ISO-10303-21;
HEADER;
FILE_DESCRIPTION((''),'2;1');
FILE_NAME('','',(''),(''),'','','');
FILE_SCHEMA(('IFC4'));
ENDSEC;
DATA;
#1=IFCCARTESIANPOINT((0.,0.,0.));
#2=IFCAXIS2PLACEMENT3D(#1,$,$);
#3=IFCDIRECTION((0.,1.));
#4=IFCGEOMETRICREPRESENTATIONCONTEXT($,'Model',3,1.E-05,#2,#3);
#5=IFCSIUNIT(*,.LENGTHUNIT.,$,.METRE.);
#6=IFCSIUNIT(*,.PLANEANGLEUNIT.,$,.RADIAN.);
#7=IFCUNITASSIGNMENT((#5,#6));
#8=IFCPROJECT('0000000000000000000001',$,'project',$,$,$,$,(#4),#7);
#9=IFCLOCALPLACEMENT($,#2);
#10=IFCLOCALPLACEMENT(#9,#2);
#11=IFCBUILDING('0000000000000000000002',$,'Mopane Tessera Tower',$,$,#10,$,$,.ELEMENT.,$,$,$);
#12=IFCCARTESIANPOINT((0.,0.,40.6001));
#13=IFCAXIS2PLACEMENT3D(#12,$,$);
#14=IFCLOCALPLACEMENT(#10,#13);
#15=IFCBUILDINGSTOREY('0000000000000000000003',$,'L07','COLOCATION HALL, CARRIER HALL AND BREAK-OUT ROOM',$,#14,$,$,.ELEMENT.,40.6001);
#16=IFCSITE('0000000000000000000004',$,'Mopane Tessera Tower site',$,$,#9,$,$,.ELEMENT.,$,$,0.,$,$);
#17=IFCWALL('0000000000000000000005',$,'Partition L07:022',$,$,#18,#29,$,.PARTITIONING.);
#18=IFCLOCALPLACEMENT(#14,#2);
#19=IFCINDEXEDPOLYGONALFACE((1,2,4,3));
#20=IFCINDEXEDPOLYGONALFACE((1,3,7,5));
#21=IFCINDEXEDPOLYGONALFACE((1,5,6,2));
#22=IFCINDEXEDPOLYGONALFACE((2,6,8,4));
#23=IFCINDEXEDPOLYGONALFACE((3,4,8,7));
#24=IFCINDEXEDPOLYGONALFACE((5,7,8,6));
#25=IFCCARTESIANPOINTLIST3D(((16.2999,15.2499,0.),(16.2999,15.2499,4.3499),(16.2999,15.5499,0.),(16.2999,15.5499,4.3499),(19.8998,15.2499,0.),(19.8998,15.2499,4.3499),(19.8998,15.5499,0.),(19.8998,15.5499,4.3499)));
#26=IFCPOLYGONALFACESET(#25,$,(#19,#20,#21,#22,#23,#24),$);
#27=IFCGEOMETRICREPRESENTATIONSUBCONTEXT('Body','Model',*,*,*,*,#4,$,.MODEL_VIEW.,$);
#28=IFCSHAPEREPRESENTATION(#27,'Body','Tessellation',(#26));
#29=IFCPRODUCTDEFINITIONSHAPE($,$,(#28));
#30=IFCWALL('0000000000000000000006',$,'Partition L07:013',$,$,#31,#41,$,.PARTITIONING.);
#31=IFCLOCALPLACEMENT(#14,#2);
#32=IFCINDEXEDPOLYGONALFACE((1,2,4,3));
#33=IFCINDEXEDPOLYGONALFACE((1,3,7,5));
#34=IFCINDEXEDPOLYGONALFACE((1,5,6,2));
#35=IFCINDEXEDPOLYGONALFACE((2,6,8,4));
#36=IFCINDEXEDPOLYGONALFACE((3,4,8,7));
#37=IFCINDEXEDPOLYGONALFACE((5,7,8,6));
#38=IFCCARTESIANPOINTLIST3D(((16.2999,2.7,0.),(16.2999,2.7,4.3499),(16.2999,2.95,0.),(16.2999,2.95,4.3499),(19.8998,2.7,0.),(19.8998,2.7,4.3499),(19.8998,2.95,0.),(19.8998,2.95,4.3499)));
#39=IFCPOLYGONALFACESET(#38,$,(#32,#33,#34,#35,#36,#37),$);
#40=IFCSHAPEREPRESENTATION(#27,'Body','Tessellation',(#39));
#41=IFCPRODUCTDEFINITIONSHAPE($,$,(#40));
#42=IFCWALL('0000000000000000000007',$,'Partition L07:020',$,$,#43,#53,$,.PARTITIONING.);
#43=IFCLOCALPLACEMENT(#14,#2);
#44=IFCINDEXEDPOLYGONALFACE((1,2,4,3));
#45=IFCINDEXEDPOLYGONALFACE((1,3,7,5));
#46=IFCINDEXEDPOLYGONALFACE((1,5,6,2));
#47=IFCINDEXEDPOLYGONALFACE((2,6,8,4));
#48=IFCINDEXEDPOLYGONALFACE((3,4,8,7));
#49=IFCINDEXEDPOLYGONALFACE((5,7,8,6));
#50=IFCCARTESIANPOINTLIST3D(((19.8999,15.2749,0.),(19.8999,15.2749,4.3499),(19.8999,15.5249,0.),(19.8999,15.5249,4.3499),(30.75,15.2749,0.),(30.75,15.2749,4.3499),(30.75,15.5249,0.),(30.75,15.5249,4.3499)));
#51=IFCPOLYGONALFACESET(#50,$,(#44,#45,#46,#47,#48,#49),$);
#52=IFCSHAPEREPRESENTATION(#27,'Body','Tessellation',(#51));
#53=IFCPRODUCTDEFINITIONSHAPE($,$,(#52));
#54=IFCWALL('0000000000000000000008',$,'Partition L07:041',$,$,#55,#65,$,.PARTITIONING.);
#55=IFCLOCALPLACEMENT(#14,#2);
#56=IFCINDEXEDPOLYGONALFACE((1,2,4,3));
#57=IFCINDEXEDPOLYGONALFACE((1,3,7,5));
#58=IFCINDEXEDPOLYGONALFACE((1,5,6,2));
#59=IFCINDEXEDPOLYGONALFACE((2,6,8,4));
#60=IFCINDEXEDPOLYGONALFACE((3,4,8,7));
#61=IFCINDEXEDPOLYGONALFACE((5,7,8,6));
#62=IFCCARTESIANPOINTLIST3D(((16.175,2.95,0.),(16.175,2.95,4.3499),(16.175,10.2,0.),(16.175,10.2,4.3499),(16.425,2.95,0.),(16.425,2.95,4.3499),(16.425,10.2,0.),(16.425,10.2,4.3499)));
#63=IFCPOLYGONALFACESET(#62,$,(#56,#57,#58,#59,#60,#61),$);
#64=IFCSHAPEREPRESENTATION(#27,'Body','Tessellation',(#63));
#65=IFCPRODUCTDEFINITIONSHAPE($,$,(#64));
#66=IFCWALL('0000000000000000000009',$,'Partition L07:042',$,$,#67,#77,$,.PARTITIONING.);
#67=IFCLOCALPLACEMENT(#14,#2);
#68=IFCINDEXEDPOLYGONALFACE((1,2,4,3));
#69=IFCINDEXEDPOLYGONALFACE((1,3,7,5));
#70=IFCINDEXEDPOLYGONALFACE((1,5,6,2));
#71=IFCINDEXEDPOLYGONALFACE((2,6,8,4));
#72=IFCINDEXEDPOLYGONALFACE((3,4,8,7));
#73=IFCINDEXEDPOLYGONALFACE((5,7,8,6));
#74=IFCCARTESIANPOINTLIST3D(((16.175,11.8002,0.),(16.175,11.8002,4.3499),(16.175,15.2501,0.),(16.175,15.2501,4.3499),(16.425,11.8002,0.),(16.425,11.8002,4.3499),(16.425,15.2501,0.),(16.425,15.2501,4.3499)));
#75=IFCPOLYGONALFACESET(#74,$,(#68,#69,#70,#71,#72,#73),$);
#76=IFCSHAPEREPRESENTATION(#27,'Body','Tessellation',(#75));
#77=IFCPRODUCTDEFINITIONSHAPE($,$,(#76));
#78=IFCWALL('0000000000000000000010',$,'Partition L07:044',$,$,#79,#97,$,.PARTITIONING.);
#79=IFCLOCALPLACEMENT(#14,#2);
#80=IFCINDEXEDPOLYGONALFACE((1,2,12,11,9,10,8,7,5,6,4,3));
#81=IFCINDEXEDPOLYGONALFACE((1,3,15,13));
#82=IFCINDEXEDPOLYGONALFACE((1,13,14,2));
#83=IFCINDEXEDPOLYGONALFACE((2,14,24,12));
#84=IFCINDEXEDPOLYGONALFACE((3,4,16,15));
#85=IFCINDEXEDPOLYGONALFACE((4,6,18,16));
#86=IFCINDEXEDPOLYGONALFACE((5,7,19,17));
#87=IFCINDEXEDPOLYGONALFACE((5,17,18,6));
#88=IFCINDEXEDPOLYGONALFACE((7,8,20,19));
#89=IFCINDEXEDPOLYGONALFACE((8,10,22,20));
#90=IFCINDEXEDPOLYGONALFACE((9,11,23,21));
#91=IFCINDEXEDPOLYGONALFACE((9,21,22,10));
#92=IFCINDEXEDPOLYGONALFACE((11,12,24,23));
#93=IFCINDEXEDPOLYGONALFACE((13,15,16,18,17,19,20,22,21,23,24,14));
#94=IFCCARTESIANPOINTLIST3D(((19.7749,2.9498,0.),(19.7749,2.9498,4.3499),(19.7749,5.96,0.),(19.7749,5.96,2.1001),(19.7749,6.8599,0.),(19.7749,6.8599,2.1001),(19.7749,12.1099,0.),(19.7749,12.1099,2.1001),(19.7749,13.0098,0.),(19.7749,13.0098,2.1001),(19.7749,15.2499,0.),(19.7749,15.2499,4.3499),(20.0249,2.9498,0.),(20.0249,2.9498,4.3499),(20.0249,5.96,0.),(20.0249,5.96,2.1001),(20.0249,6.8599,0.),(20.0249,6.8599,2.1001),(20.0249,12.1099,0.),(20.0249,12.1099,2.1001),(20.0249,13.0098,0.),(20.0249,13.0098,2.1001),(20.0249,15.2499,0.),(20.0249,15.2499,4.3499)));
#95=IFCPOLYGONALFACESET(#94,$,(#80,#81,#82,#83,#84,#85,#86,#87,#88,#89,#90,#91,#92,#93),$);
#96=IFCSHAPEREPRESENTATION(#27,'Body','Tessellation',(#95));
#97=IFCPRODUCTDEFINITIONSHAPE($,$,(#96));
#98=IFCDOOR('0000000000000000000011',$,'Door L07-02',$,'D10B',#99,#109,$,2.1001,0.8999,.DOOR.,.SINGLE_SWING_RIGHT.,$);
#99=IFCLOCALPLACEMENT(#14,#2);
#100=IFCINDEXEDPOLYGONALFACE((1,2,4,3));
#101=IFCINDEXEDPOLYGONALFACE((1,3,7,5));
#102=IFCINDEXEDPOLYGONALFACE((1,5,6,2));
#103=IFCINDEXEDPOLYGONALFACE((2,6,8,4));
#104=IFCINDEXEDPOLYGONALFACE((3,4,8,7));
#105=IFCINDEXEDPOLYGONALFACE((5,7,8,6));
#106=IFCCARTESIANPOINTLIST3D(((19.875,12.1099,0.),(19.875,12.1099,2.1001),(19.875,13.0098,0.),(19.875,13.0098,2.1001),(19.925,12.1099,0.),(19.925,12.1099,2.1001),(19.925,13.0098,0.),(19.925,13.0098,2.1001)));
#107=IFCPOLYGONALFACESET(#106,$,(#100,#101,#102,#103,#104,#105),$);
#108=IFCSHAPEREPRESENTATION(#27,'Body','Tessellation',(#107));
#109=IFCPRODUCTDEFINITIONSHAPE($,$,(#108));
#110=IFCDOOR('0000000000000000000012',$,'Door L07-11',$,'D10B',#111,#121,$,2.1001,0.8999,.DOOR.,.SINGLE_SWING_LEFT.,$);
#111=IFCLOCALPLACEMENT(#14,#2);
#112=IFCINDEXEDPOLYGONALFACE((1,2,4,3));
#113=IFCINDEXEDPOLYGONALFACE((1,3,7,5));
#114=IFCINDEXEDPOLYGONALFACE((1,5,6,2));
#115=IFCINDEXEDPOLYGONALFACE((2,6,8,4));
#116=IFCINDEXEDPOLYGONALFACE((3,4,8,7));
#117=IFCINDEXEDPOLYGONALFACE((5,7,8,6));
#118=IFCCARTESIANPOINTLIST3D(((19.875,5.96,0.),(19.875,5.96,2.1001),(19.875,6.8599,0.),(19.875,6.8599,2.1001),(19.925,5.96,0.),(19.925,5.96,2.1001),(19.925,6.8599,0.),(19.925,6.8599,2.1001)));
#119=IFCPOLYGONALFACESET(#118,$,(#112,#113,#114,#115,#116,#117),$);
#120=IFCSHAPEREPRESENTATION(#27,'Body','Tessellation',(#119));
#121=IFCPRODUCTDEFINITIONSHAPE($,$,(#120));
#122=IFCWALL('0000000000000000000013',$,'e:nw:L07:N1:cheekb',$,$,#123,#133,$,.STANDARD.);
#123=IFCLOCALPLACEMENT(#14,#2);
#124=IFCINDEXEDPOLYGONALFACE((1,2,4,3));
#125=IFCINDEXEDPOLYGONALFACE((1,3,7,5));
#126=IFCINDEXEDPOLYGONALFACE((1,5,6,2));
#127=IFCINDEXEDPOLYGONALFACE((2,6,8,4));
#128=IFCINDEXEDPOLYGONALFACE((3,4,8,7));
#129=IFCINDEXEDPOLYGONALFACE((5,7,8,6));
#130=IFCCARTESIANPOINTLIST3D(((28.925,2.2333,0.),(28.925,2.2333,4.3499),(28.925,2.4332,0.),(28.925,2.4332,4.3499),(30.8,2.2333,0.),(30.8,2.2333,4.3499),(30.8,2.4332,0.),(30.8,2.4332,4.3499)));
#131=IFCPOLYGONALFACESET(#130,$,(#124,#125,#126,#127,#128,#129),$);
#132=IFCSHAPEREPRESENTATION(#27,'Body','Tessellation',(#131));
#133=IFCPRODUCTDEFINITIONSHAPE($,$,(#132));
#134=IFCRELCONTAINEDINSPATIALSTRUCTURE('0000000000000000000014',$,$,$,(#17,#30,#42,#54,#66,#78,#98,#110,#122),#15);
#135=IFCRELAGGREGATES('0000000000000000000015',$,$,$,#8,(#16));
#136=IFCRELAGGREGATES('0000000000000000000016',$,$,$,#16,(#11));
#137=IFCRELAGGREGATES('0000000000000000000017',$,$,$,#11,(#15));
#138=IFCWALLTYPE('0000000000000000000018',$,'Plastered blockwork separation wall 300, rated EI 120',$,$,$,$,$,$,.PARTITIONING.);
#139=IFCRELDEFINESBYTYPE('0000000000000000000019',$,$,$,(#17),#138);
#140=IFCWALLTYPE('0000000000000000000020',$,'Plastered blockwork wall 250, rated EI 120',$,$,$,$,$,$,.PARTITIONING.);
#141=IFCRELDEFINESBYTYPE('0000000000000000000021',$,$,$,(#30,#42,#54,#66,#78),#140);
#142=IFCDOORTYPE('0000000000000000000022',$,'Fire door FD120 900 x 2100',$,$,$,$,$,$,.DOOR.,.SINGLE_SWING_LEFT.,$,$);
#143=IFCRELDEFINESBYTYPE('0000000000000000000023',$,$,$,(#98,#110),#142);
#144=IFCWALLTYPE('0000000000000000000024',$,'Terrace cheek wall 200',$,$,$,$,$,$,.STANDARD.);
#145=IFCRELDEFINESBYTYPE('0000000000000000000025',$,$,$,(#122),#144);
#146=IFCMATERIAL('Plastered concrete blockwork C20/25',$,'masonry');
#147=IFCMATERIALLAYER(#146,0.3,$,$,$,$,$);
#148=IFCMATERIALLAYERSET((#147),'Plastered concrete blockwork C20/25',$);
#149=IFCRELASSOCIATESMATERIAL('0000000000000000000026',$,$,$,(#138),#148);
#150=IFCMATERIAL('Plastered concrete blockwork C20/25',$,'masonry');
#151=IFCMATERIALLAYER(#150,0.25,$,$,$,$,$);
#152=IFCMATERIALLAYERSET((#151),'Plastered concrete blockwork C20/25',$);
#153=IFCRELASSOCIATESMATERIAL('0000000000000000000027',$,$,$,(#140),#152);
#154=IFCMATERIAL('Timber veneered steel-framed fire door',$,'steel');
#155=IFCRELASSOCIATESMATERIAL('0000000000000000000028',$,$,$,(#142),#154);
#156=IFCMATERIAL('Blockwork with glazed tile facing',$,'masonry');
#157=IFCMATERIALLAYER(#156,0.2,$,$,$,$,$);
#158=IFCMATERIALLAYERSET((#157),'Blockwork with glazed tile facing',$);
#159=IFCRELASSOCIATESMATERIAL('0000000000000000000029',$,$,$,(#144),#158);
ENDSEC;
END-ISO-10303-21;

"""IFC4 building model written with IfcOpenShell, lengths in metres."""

from ifc_helpers import new_model, si_unit, direction, frame, frame_2d, origin, place, context, subcontext, project, spatial, rectangle, extrude, material, layer, layer_set, type_object, element, fill, save


model = new_model("IFC4")

# Units and contexts
model_context = context("Model", 3, precision=1e-05, world=origin(), true_north=direction((0.0, 1.0)))
body_context = subcontext(model_context, "Body", "Model", "MODEL_VIEW")
ifc_project = project(units=[si_unit("LENGTHUNIT", "METRE"), si_unit("PLANEANGLEUNIT", "RADIAN")], contexts=[model_context])

# Site, building, storey
site_placement = place(None, origin())
site = spatial("IfcSite", under=ifc_project, at=site_placement, Name="Mopane Tessera Tower site", CompositionType="ELEMENT", RefElevation=0.0)
building_placement = place(site_placement, origin())
building = spatial("IfcBuilding", under=site, at=building_placement, Name="Mopane Tessera Tower", CompositionType="ELEMENT")
storey_placement = place(building_placement, frame((0.0, 0.0, 40.6001)))
storey = spatial("IfcBuildingStorey", under=building, at=storey_placement, Name="L07", Description="COLOCATION HALL, CARRIER HALL AND BREAK-OUT ROOM", CompositionType="ELEMENT", Elevation=40.6001)

# Walls
ifc_material_1 = material(Name="Plastered concrete blockwork C20/25", Category="masonry")
ifc_layer_1 = layer(ifc_material_1, 0.3)
ifc_layer_set_1 = layer_set([ifc_layer_1], Name="Plastered concrete blockwork C20/25")
wall_type_1 = type_object("IfcWallType", Name="Plastered blockwork separation wall 300, rated EI 120", PredefinedType="PARTITIONING", material=ifc_layer_set_1)
wall_1_placement = place(storey_placement, frame((16.3, 15.3999, 0.0), z_axis=(0.0, 0.0, 1.0), x_axis=(1.0, 0.0, 0.0)))
element("IfcWall", 1, at=wall_1_placement, inside=storey, type_object=wall_type_1, Name="Partition L07:022", PredefinedType="PARTITIONING", context=body_context, shape_type="SweptSolid", body=[
    extrude(rectangle(XDim=3.5999, YDim=0.3, at=frame_2d((1.7998, 0.0))), origin(), (0.0, 0.0, 1.0), 4.3499),
])
ifc_material_2 = material(Name="Plastered concrete blockwork C20/25", Category="masonry")
ifc_layer_2 = layer(ifc_material_2, 0.25)
ifc_layer_set_2 = layer_set([ifc_layer_2], Name="Plastered concrete blockwork C20/25")
wall_type_2 = type_object("IfcWallType", Name="Plastered blockwork wall 250, rated EI 120", PredefinedType="PARTITIONING", material=ifc_layer_set_2)
wall_2_placement = place(storey_placement, frame((16.3, 2.825, 0.0), z_axis=(0.0, 0.0, 1.0), x_axis=(1.0, 0.0, 0.0)))
element("IfcWall", 2, at=wall_2_placement, inside=storey, type_object=wall_type_2, Name="Partition L07:013", PredefinedType="PARTITIONING", context=body_context, shape_type="SweptSolid", body=[
    extrude(rectangle(XDim=3.5999, YDim=0.25, at=frame_2d((1.7998, 0.0))), origin(), (0.0, 0.0, 1.0), 4.3499),
])
wall_3_placement = place(storey_placement, frame((19.8999, 15.3999, 0.0), z_axis=(0.0, 0.0, 1.0), x_axis=(1.0, 0.0, 0.0)))
element("IfcWall", 3, at=wall_3_placement, inside=storey, type_object=wall_type_2, Name="Partition L07:020", PredefinedType="PARTITIONING", context=body_context, shape_type="SweptSolid", body=[
    extrude(rectangle(XDim=10.8501, YDim=0.25, at=frame_2d((5.425, 0.0))), origin(), (0.0, 0.0, 1.0), 4.3499),
])
wall_4_placement = place(storey_placement, frame((16.3, 2.95, 0.0), z_axis=(0.0, 0.0, 1.0), x_axis=(0.0, 1.0, 0.0)))
element("IfcWall", 4, at=wall_4_placement, inside=storey, type_object=wall_type_2, Name="Partition L07:041", PredefinedType="PARTITIONING", context=body_context, shape_type="SweptSolid", body=[
    extrude(rectangle(XDim=7.25, YDim=0.25, at=frame_2d((3.625, 0.0))), origin(), (0.0, 0.0, 1.0), 4.3499),
])
wall_5_placement = place(storey_placement, frame((16.3, 11.8, 0.0), z_axis=(0.0, 0.0, 1.0), x_axis=(0.0, 1.0, 0.0)))
element("IfcWall", 5, at=wall_5_placement, inside=storey, type_object=wall_type_2, Name="Partition L07:042", PredefinedType="PARTITIONING", context=body_context, shape_type="SweptSolid", body=[
    extrude(rectangle(XDim=3.45, YDim=0.25, at=frame_2d((1.7251, 0.0))), origin(), (0.0, 0.0, 1.0), 4.3499),
])

# Wall, openings, doors
wall_6_placement = place(storey_placement, frame((19.8999, 2.95, 0.0), z_axis=(0.0, 0.0, 1.0), x_axis=(0.0, 1.0, 0.0)))
wall_6 = element("IfcWall", 6, at=wall_6_placement, inside=storey, type_object=wall_type_2, Name="Partition L07:044", PredefinedType="PARTITIONING", context=body_context, shape_type="SweptSolid", body=[
    extrude(rectangle(XDim=12.3, YDim=0.25, at=frame_2d((6.1499, 0.0))), origin(), (0.0, 0.0, 1.0), 4.3499),
])
opening_1_placement = place(wall_6_placement, frame((9.1599, 0.0, 0.0)))
opening_1 = element("IfcOpeningElement", 7, at=opening_1_placement, cuts=wall_6, PredefinedType="OPENING", context=body_context, shape_type="SweptSolid", body=[
    extrude(rectangle(XDim=0.8999, YDim=2.1001, at=frame_2d((0.45, 1.05))), frame((0.0, 0.137, 0.0), z_axis=(0.0, -1.0, 0.0), x_axis=(1.0, 0.0, 0.0)), (0.0, 0.0, 1.0), 0.2739),
])
opening_2_placement = place(wall_6_placement, frame((3.01, 0.0, 0.0)))
opening_2 = element("IfcOpeningElement", 8, at=opening_2_placement, cuts=wall_6, PredefinedType="OPENING", context=body_context, shape_type="SweptSolid", body=[
    extrude(rectangle(XDim=0.8999, YDim=2.1001, at=frame_2d((0.45, 1.05))), frame((0.0, 0.137, 0.0), z_axis=(0.0, -1.0, 0.0), x_axis=(1.0, 0.0, 0.0)), (0.0, 0.0, 1.0), 0.2739),
])
ifc_material_3 = material(Name="Timber veneered steel-framed fire door", Category="steel")
door_type = type_object("IfcDoorType", Name="Fire door FD120 900 x 2100", OperationType="SINGLE_SWING_LEFT", PredefinedType="DOOR", material=ifc_material_3)
door_1_placement = place(opening_1_placement, origin())
door_1 = element("IfcDoor", 9, at=door_1_placement, inside=storey, type_object=door_type, Name="Door L07-02", ObjectType="D10B", OperationType="SINGLE_SWING_RIGHT", OverallHeight=2.1001, OverallWidth=0.8999, PredefinedType="DOOR", context=body_context, shape_type="SweptSolid", body=[
    extrude(rectangle(XDim=0.8999, YDim=2.1001, at=frame_2d((0.45, 1.05))), frame((0.0, 0.0249, 0.0), z_axis=(0.0, -1.0, 0.0), x_axis=(1.0, 0.0, 0.0)), (0.0, 0.0, 1.0), 0.05),
])
fill(opening_1, door_1)
door_2_placement = place(opening_2_placement, origin())
door_2 = element("IfcDoor", 10, at=door_2_placement, inside=storey, type_object=door_type, Name="Door L07-11", ObjectType="D10B", OperationType="SINGLE_SWING_LEFT", OverallHeight=2.1001, OverallWidth=0.8999, PredefinedType="DOOR", context=body_context, shape_type="SweptSolid", body=[
    extrude(rectangle(XDim=0.8999, YDim=2.1001, at=frame_2d((0.45, 1.05))), frame((0.0, 0.0249, 0.0), z_axis=(0.0, -1.0, 0.0), x_axis=(1.0, 0.0, 0.0)), (0.0, 0.0, 1.0), 0.05),
])
fill(opening_2, door_2)

# Wall
ifc_material_4 = material(Name="Blockwork with glazed tile facing", Category="masonry")
ifc_layer_3 = layer(ifc_material_4, 0.2)
ifc_layer_set_3 = layer_set([ifc_layer_3], Name="Blockwork with glazed tile facing")
wall_type_3 = type_object("IfcWallType", Name="Terrace cheek wall 200", PredefinedType="STANDARD", material=ifc_layer_set_3)
wall_7_placement = place(storey_placement, frame((30.8, 2.3333, 0.0), z_axis=(0.0, 0.0, 1.0), x_axis=(-1.0, 0.0, 0.0)))
element("IfcWall", 11, at=wall_7_placement, inside=storey, type_object=wall_type_3, Name="e:nw:L07:N1:cheekb", PredefinedType="STANDARD", context=body_context, shape_type="SweptSolid", body=[
    extrude(rectangle(XDim=1.875, YDim=0.2, at=frame_2d((0.9375, 0.0))), origin(), (0.0, 0.0, 1.0), 4.3499),
])

save(model, "model.ifc")
